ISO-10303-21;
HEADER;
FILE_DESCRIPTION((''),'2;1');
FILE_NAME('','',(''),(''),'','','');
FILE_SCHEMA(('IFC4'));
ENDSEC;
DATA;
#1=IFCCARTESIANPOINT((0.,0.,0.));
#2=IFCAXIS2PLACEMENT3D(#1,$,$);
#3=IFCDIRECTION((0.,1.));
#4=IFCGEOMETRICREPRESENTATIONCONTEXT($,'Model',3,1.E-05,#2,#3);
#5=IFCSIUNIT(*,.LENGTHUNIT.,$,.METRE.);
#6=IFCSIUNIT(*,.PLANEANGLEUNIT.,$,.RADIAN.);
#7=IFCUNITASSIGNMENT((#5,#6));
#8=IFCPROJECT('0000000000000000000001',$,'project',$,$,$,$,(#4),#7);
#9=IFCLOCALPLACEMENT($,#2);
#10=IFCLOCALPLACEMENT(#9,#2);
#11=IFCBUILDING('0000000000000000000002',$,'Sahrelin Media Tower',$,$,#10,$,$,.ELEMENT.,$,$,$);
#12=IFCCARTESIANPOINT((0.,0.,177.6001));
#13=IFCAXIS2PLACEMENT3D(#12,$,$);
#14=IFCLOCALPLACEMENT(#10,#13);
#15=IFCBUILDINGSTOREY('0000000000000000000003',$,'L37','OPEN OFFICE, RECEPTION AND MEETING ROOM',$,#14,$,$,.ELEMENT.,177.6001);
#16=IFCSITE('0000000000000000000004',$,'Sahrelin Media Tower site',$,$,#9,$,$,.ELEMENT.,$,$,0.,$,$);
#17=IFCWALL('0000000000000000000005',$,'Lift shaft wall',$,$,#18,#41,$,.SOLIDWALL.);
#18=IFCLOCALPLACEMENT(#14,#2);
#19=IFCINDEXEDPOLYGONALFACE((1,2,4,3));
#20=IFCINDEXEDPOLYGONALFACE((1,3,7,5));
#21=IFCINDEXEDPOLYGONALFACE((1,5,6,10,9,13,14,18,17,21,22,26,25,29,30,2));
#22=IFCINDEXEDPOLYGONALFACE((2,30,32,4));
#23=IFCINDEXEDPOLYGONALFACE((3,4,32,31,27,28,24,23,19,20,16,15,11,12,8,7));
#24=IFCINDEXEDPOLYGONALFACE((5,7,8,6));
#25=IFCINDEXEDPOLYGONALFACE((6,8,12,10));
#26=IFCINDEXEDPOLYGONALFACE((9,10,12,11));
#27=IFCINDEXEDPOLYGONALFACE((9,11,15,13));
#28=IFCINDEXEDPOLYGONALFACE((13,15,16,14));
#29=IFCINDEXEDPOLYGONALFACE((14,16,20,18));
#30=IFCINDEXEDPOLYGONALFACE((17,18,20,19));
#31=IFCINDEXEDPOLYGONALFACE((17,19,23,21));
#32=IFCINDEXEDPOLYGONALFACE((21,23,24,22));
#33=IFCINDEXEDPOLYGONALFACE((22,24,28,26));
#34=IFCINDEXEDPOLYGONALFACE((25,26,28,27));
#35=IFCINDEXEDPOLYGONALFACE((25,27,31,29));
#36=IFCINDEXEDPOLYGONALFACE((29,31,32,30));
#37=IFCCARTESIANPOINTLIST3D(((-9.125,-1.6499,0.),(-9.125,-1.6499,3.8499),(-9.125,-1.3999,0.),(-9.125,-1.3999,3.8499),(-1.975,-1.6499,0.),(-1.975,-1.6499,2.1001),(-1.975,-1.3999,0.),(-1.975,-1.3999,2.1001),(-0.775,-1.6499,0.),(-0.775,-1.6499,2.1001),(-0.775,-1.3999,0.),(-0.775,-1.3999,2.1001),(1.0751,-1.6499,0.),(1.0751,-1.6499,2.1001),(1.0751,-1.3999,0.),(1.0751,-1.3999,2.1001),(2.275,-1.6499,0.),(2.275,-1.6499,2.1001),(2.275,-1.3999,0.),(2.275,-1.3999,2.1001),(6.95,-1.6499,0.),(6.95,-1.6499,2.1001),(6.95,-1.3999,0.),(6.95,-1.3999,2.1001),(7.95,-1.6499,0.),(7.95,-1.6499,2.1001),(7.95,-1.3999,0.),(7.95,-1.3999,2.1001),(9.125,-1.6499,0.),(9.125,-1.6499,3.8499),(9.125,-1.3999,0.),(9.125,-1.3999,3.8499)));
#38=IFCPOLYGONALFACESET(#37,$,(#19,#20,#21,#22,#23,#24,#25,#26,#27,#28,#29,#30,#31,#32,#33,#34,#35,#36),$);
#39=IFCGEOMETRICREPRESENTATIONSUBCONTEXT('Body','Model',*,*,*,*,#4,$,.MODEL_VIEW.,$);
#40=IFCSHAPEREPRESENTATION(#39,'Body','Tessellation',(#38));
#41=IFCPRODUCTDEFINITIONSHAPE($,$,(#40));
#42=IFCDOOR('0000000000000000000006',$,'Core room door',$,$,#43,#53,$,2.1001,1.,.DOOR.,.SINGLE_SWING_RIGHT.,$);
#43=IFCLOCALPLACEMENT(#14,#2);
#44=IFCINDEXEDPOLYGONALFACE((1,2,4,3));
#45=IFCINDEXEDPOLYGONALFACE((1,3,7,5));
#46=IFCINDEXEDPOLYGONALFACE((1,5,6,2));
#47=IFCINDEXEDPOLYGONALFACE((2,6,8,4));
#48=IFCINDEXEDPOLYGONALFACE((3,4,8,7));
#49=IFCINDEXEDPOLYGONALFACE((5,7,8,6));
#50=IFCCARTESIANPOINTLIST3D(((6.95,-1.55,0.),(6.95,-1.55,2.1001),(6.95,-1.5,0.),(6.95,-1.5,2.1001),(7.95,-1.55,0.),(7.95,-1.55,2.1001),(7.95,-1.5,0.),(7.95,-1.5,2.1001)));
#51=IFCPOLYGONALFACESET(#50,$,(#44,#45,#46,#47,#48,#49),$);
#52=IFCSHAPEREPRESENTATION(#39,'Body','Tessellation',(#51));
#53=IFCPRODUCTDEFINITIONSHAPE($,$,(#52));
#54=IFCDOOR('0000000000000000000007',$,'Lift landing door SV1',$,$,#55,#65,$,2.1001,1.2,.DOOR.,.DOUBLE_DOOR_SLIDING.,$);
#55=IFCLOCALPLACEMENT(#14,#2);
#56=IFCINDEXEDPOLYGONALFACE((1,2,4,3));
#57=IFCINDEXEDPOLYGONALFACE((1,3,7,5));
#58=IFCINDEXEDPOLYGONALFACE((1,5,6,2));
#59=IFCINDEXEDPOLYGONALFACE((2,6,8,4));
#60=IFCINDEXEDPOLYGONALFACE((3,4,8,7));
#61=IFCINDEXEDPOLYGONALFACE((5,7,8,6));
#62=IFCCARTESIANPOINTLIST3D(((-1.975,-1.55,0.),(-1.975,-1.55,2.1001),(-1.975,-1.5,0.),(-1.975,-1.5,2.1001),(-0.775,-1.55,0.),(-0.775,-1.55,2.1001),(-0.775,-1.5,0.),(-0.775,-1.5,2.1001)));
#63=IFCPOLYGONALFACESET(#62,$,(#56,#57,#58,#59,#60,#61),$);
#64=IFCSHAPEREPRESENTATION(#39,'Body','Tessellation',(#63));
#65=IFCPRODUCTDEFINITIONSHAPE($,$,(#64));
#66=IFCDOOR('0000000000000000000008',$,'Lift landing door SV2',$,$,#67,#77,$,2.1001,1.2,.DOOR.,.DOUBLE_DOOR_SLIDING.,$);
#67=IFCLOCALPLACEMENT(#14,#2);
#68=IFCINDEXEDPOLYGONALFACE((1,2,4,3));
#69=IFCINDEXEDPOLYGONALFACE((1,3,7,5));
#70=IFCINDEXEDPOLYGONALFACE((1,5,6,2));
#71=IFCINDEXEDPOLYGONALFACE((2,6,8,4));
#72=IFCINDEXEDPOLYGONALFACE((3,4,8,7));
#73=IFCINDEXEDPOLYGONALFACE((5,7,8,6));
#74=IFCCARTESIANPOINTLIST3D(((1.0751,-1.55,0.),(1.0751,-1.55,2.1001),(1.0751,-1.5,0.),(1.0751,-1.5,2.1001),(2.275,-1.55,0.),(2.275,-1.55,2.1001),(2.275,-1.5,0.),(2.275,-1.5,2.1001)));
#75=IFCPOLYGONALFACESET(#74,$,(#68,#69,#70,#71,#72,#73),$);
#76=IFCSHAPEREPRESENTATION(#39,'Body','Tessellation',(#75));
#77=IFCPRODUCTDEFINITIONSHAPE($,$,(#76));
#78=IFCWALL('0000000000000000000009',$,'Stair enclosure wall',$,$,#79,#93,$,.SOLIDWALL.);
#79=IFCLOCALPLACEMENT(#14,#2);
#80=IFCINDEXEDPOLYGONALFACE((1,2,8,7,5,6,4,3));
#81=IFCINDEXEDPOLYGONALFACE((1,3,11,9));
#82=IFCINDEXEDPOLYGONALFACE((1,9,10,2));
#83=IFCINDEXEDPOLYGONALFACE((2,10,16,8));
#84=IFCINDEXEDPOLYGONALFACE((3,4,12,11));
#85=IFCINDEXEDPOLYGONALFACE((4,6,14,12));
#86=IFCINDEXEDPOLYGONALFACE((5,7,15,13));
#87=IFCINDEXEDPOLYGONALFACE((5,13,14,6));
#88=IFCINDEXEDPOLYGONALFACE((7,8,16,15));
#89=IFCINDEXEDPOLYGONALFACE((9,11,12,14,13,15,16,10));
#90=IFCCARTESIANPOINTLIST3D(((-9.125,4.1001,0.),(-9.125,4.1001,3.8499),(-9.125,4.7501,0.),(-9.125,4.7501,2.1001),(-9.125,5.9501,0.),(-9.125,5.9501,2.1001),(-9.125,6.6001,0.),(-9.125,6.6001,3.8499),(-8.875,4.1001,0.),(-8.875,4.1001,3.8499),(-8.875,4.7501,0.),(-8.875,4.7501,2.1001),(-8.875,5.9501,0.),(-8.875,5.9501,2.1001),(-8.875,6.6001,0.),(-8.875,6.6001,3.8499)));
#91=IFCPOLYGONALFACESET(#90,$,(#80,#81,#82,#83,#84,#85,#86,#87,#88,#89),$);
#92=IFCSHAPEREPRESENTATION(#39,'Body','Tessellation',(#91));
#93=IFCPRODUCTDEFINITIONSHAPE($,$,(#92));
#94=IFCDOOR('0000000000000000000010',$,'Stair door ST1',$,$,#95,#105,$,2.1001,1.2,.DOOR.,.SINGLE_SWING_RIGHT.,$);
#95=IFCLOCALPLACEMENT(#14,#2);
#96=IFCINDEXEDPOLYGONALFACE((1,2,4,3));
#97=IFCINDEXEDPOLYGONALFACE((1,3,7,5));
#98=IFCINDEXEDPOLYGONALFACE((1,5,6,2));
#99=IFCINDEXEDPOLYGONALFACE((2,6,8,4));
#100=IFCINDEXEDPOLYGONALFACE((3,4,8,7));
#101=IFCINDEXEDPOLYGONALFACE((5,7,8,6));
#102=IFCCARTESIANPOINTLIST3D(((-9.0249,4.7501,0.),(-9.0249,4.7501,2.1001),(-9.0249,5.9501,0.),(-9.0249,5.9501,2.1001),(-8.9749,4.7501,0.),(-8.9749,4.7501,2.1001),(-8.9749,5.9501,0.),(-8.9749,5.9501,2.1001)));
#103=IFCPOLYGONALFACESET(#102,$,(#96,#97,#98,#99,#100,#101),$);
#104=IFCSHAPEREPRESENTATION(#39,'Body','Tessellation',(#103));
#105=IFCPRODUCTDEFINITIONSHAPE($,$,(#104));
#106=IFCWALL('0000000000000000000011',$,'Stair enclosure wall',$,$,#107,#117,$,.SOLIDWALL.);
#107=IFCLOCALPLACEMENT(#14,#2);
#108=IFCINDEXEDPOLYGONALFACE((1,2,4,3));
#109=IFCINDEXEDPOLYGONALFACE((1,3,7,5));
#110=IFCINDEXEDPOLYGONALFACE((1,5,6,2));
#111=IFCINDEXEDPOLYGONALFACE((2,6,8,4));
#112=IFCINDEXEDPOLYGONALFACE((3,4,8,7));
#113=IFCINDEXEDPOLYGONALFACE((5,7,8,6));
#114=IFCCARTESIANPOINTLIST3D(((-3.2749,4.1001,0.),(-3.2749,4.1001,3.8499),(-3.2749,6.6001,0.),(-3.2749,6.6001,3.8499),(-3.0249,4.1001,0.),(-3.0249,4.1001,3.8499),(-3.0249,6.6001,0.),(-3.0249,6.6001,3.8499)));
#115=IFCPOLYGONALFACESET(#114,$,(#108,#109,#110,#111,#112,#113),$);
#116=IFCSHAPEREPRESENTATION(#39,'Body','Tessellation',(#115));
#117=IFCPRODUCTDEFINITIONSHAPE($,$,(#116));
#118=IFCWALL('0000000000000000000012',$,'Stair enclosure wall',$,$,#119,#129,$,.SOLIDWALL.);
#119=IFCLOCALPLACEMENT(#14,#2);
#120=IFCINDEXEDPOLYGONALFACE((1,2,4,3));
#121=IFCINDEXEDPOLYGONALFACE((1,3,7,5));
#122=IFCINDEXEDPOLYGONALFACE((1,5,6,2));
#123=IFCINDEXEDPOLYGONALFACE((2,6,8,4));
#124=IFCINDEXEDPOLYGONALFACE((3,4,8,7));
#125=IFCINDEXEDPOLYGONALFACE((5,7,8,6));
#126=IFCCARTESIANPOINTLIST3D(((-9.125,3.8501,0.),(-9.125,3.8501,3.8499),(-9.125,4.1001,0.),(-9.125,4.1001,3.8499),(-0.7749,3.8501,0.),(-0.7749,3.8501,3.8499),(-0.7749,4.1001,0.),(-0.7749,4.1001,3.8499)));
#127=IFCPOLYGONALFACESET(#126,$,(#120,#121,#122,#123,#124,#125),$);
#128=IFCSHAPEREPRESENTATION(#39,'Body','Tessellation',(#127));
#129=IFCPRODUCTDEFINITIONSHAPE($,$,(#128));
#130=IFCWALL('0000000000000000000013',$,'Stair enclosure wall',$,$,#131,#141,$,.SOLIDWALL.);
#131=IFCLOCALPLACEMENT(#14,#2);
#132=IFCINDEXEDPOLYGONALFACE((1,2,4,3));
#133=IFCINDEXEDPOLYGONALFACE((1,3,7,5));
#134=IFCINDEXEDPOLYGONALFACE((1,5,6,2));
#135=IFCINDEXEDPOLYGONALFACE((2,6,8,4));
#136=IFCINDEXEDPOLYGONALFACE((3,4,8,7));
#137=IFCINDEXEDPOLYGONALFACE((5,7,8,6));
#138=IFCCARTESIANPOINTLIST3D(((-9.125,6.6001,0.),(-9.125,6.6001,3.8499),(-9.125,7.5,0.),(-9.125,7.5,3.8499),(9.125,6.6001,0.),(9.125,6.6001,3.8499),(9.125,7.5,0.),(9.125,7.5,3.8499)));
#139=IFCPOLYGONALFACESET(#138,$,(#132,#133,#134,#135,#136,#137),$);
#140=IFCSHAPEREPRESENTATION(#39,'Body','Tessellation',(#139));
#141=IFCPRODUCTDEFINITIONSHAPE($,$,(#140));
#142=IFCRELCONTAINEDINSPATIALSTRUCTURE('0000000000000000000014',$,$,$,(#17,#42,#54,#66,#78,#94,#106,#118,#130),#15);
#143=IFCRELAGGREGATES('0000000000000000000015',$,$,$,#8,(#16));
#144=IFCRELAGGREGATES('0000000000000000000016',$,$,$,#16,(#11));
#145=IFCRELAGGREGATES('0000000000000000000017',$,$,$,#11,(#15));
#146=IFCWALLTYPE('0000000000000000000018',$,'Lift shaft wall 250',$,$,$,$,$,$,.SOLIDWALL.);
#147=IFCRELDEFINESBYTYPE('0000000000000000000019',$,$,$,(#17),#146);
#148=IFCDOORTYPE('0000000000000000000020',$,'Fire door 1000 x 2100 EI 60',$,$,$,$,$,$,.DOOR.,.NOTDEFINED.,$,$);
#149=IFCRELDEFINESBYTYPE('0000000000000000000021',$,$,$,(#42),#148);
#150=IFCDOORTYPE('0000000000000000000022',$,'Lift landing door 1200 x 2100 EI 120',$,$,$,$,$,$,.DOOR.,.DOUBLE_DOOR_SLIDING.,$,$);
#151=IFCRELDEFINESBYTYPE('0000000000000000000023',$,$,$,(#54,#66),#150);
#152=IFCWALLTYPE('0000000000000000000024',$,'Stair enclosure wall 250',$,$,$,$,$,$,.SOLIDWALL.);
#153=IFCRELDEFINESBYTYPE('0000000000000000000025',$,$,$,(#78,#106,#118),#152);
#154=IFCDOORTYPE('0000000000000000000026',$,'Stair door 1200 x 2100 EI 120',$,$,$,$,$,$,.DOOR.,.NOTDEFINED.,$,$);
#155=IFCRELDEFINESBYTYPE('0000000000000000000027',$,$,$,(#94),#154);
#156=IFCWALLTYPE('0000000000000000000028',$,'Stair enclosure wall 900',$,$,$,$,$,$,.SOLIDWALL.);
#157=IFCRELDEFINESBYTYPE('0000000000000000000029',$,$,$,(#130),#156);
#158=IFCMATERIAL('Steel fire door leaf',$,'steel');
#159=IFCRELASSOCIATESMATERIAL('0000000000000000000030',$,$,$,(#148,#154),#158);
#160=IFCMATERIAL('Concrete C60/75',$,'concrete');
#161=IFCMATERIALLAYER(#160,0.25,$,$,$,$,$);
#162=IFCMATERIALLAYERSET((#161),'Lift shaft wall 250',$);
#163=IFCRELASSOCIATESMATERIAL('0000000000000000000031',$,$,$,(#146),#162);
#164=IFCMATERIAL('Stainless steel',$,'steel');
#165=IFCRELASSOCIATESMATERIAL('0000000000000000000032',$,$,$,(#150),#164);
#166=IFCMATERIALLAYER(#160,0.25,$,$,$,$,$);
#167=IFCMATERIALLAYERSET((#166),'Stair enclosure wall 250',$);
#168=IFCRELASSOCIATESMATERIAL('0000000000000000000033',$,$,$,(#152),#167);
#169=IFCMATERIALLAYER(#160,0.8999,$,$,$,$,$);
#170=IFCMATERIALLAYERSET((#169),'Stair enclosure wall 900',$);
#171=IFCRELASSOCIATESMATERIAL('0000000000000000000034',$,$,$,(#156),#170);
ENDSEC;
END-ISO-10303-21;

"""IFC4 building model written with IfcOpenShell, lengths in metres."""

from ifc_helpers import new_model, si_unit, direction, frame, frame_2d, origin, place, context, subcontext, project, spatial, rectangle, extrude, material, layer, layer_set, type_object, element, fill, save


model = new_model("IFC4")

# Units and contexts
model_context = context("Model", 3, precision=1e-05, world=origin(), true_north=direction((0.0, 1.0)))
body_context = subcontext(model_context, "Body", "Model", "MODEL_VIEW")
ifc_project = project(units=[si_unit("LENGTHUNIT", "METRE"), si_unit("PLANEANGLEUNIT", "RADIAN")], contexts=[model_context])

# Site, building, storey
site_placement = place(None, origin())
site = spatial("IfcSite", under=ifc_project, at=site_placement, Name="Sahrelin Media Tower site", CompositionType="ELEMENT", RefElevation=0.0)
building_placement = place(site_placement, origin())
building = spatial("IfcBuilding", under=site, at=building_placement, Name="Sahrelin Media Tower", CompositionType="ELEMENT")
storey_placement = place(building_placement, frame((0.0, 0.0, 177.6001)))
storey = spatial("IfcBuildingStorey", under=building, at=storey_placement, Name="L37", Description="OPEN OFFICE, RECEPTION AND MEETING ROOM", CompositionType="ELEMENT", Elevation=177.6001)

# Shared definitions
ifc_material_1 = material(Name="Concrete C60/75", Category="concrete")

# Shared definitions
ifc_material_2 = material(Name="Steel fire door leaf", Category="steel")

# Shared definitions
door_type_1 = type_object("IfcDoorType", Name="Fire door 1000 x 2100 EI 60", OperationType="NOTDEFINED", PredefinedType="DOOR", material=ifc_material_2)

# Wall, openings, doors
ifc_layer_1 = layer(ifc_material_1, 0.25)
ifc_layer_set_1 = layer_set([ifc_layer_1], Name="Lift shaft wall 250")
wall_type_1 = type_object("IfcWallType", Name="Lift shaft wall 250", PredefinedType="SOLIDWALL", material=ifc_layer_set_1)
wall_1_placement = place(storey_placement, frame((-9.125, -1.5249, 0.0), z_axis=(0.0, 0.0, 1.0), x_axis=(1.0, 0.0, 0.0)))
wall_1 = element("IfcWall", 1, at=wall_1_placement, inside=storey, type_object=wall_type_1, Name="Lift shaft wall", PredefinedType="SOLIDWALL", context=body_context, shape_type="SweptSolid", body=[
    extrude(rectangle(XDim=18.25, YDim=0.25, at=frame_2d((9.125, 0.0))), origin(), (0.0, 0.0, 1.0), 3.8499),
])
opening_1_placement = place(wall_1_placement, frame((7.1499, 0.0, 0.0)))
opening_1 = element("IfcOpeningElement", 2, at=opening_1_placement, cuts=wall_1, PredefinedType="OPENING", context=body_context, shape_type="SweptSolid", body=[
    extrude(rectangle(XDim=1.2, YDim=2.1001, at=frame_2d((0.6001, 1.05))), frame((0.0, 0.125, 0.0), z_axis=(0.0, -1.0, 0.0), x_axis=(1.0, 0.0, 0.0)), (0.0, 0.0, 1.0), 0.25),
])
opening_2_placement = place(wall_1_placement, frame((10.2, 0.0, 0.0)))
opening_2 = element("IfcOpeningElement", 3, at=opening_2_placement, cuts=wall_1, PredefinedType="OPENING", context=body_context, shape_type="SweptSolid", body=[
    extrude(rectangle(XDim=1.2, YDim=2.1001, at=frame_2d((0.6001, 1.05))), frame((0.0, 0.125, 0.0), z_axis=(0.0, -1.0, 0.0), x_axis=(1.0, 0.0, 0.0)), (0.0, 0.0, 1.0), 0.25),
])
opening_3_placement = place(wall_1_placement, frame((16.075, 0.0, 0.0)))
opening_3 = element("IfcOpeningElement", 4, at=opening_3_placement, cuts=wall_1, PredefinedType="OPENING", context=body_context, shape_type="SweptSolid", body=[
    extrude(rectangle(XDim=1.0, YDim=2.1001, at=frame_2d((0.5, 1.05))), frame((0.0, 0.125, 0.0), z_axis=(0.0, -1.0, 0.0), x_axis=(1.0, 0.0, 0.0)), (0.0, 0.0, 1.0), 0.25),
])
door_1_placement = place(opening_3_placement, origin())
door_1 = element("IfcDoor", 5, at=door_1_placement, inside=storey, type_object=door_type_1, Name="Core room door", OperationType="SINGLE_SWING_RIGHT", OverallHeight=2.1001, OverallWidth=1.0, PredefinedType="DOOR", context=body_context, shape_type="SweptSolid", body=[
    extrude(rectangle(XDim=1.0, YDim=2.1001, at=frame_2d((0.5, 1.05))), frame((0.0, 0.0249, 0.0), z_axis=(0.0, -1.0, 0.0), x_axis=(1.0, 0.0, 0.0)), (0.0, 0.0, 1.0), 0.05),
])
fill(opening_3, door_1)
ifc_material_3 = material(Name="Stainless steel", Category="steel")
door_type_2 = type_object("IfcDoorType", Name="Lift landing door 1200 x 2100 EI 120", OperationType="DOUBLE_DOOR_SLIDING", PredefinedType="DOOR", material=ifc_material_3)
door_2_placement = place(opening_1_placement, origin())
door_2 = element("IfcDoor", 6, at=door_2_placement, inside=storey, type_object=door_type_2, Name="Lift landing door SV1", OperationType="DOUBLE_DOOR_SLIDING", OverallHeight=2.1001, OverallWidth=1.2, PredefinedType="DOOR", context=body_context, shape_type="SweptSolid", body=[
    extrude(rectangle(XDim=1.2, YDim=2.1001, at=frame_2d((0.6001, 1.05))), frame((0.0, 0.0249, 0.0), z_axis=(0.0, -1.0, 0.0), x_axis=(1.0, 0.0, 0.0)), (0.0, 0.0, 1.0), 0.05),
])
fill(opening_1, door_2)
door_3_placement = place(opening_2_placement, origin())
door_3 = element("IfcDoor", 7, at=door_3_placement, inside=storey, type_object=door_type_2, Name="Lift landing door SV2", OperationType="DOUBLE_DOOR_SLIDING", OverallHeight=2.1001, OverallWidth=1.2, PredefinedType="DOOR", context=body_context, shape_type="SweptSolid", body=[
    extrude(rectangle(XDim=1.2, YDim=2.1001, at=frame_2d((0.6001, 1.05))), frame((0.0, 0.0249, 0.0), z_axis=(0.0, -1.0, 0.0), x_axis=(1.0, 0.0, 0.0)), (0.0, 0.0, 1.0), 0.05),
])
fill(opening_2, door_3)

# Wall, opening, door
ifc_layer_2 = layer(ifc_material_1, 0.25)
ifc_layer_set_2 = layer_set([ifc_layer_2], Name="Stair enclosure wall 250")
wall_type_2 = type_object("IfcWallType", Name="Stair enclosure wall 250", PredefinedType="SOLIDWALL", material=ifc_layer_set_2)
wall_2_placement = place(storey_placement, frame((-9.0, 4.1001, 0.0), z_axis=(0.0, 0.0, 1.0), x_axis=(0.0, 1.0, 0.0)))
wall_2 = element("IfcWall", 8, at=wall_2_placement, inside=storey, type_object=wall_type_2, Name="Stair enclosure wall", PredefinedType="SOLIDWALL", context=body_context, shape_type="SweptSolid", body=[
    extrude(rectangle(XDim=2.5, YDim=0.25, at=frame_2d((1.25, 0.0))), origin(), (0.0, 0.0, 1.0), 3.8499),
])
opening_4_placement = place(wall_2_placement, frame((0.6499, 0.0, 0.0)))
opening_4 = element("IfcOpeningElement", 9, at=opening_4_placement, cuts=wall_2, PredefinedType="OPENING", context=body_context, shape_type="SweptSolid", body=[
    extrude(rectangle(XDim=1.2, YDim=2.1001, at=frame_2d((0.6001, 1.05))), frame((0.0, 0.125, 0.0), z_axis=(0.0, -1.0, 0.0), x_axis=(1.0, 0.0, 0.0)), (0.0, 0.0, 1.0), 0.25),
])
door_type_3 = type_object("IfcDoorType", Name="Stair door 1200 x 2100 EI 120", OperationType="NOTDEFINED", PredefinedType="DOOR", material=ifc_material_2)
door_4_placement = place(opening_4_placement, origin())
door_4 = element("IfcDoor", 10, at=door_4_placement, inside=storey, type_object=door_type_3, Name="Stair door ST1", OperationType="SINGLE_SWING_RIGHT", OverallHeight=2.1001, OverallWidth=1.2, PredefinedType="DOOR", context=body_context, shape_type="SweptSolid", body=[
    extrude(rectangle(XDim=1.2, YDim=2.1001, at=frame_2d((0.6001, 1.05))), frame((0.0, 0.0249, 0.0), z_axis=(0.0, -1.0, 0.0), x_axis=(1.0, 0.0, 0.0)), (0.0, 0.0, 1.0), 0.05),
])
fill(opening_4, door_4)

# Walls
wall_3_placement = place(storey_placement, frame((-3.1499, 4.1001, 0.0), z_axis=(0.0, 0.0, 1.0), x_axis=(0.0, 1.0, 0.0)))
element("IfcWall", 11, at=wall_3_placement, inside=storey, type_object=wall_type_2, Name="Stair enclosure wall", PredefinedType="SOLIDWALL", context=body_context, shape_type="SweptSolid", body=[
    extrude(rectangle(XDim=2.5, YDim=0.25, at=frame_2d((1.25, 0.0))), origin(), (0.0, 0.0, 1.0), 3.8499),
])
wall_4_placement = place(storey_placement, frame((-9.125, 3.9751, 0.0), z_axis=(0.0, 0.0, 1.0), x_axis=(1.0, 0.0, 0.0)))
element("IfcWall", 12, at=wall_4_placement, inside=storey, type_object=wall_type_2, Name="Stair enclosure wall", PredefinedType="SOLIDWALL", context=body_context, shape_type="SweptSolid", body=[
    extrude(rectangle(XDim=8.3501, YDim=0.25, at=frame_2d((4.175, 0.0))), origin(), (0.0, 0.0, 1.0), 3.8499),
])
ifc_layer_3 = layer(ifc_material_1, 0.8999)
ifc_layer_set_3 = layer_set([ifc_layer_3], Name="Stair enclosure wall 900")
wall_type_3 = type_object("IfcWallType", Name="Stair enclosure wall 900", PredefinedType="SOLIDWALL", material=ifc_layer_set_3)
wall_5_placement = place(storey_placement, frame((-9.125, 7.05, 0.0), z_axis=(0.0, 0.0, 1.0), x_axis=(1.0, 0.0, 0.0)))
element("IfcWall", 13, at=wall_5_placement, inside=storey, type_object=wall_type_3, Name="Stair enclosure wall", PredefinedType="SOLIDWALL", context=body_context, shape_type="SweptSolid", body=[
    extrude(rectangle(XDim=18.25, YDim=0.8999, at=frame_2d((9.125, 0.0))), origin(), (0.0, 0.0, 1.0), 3.8499),
])

save(model, "model.ifc")
